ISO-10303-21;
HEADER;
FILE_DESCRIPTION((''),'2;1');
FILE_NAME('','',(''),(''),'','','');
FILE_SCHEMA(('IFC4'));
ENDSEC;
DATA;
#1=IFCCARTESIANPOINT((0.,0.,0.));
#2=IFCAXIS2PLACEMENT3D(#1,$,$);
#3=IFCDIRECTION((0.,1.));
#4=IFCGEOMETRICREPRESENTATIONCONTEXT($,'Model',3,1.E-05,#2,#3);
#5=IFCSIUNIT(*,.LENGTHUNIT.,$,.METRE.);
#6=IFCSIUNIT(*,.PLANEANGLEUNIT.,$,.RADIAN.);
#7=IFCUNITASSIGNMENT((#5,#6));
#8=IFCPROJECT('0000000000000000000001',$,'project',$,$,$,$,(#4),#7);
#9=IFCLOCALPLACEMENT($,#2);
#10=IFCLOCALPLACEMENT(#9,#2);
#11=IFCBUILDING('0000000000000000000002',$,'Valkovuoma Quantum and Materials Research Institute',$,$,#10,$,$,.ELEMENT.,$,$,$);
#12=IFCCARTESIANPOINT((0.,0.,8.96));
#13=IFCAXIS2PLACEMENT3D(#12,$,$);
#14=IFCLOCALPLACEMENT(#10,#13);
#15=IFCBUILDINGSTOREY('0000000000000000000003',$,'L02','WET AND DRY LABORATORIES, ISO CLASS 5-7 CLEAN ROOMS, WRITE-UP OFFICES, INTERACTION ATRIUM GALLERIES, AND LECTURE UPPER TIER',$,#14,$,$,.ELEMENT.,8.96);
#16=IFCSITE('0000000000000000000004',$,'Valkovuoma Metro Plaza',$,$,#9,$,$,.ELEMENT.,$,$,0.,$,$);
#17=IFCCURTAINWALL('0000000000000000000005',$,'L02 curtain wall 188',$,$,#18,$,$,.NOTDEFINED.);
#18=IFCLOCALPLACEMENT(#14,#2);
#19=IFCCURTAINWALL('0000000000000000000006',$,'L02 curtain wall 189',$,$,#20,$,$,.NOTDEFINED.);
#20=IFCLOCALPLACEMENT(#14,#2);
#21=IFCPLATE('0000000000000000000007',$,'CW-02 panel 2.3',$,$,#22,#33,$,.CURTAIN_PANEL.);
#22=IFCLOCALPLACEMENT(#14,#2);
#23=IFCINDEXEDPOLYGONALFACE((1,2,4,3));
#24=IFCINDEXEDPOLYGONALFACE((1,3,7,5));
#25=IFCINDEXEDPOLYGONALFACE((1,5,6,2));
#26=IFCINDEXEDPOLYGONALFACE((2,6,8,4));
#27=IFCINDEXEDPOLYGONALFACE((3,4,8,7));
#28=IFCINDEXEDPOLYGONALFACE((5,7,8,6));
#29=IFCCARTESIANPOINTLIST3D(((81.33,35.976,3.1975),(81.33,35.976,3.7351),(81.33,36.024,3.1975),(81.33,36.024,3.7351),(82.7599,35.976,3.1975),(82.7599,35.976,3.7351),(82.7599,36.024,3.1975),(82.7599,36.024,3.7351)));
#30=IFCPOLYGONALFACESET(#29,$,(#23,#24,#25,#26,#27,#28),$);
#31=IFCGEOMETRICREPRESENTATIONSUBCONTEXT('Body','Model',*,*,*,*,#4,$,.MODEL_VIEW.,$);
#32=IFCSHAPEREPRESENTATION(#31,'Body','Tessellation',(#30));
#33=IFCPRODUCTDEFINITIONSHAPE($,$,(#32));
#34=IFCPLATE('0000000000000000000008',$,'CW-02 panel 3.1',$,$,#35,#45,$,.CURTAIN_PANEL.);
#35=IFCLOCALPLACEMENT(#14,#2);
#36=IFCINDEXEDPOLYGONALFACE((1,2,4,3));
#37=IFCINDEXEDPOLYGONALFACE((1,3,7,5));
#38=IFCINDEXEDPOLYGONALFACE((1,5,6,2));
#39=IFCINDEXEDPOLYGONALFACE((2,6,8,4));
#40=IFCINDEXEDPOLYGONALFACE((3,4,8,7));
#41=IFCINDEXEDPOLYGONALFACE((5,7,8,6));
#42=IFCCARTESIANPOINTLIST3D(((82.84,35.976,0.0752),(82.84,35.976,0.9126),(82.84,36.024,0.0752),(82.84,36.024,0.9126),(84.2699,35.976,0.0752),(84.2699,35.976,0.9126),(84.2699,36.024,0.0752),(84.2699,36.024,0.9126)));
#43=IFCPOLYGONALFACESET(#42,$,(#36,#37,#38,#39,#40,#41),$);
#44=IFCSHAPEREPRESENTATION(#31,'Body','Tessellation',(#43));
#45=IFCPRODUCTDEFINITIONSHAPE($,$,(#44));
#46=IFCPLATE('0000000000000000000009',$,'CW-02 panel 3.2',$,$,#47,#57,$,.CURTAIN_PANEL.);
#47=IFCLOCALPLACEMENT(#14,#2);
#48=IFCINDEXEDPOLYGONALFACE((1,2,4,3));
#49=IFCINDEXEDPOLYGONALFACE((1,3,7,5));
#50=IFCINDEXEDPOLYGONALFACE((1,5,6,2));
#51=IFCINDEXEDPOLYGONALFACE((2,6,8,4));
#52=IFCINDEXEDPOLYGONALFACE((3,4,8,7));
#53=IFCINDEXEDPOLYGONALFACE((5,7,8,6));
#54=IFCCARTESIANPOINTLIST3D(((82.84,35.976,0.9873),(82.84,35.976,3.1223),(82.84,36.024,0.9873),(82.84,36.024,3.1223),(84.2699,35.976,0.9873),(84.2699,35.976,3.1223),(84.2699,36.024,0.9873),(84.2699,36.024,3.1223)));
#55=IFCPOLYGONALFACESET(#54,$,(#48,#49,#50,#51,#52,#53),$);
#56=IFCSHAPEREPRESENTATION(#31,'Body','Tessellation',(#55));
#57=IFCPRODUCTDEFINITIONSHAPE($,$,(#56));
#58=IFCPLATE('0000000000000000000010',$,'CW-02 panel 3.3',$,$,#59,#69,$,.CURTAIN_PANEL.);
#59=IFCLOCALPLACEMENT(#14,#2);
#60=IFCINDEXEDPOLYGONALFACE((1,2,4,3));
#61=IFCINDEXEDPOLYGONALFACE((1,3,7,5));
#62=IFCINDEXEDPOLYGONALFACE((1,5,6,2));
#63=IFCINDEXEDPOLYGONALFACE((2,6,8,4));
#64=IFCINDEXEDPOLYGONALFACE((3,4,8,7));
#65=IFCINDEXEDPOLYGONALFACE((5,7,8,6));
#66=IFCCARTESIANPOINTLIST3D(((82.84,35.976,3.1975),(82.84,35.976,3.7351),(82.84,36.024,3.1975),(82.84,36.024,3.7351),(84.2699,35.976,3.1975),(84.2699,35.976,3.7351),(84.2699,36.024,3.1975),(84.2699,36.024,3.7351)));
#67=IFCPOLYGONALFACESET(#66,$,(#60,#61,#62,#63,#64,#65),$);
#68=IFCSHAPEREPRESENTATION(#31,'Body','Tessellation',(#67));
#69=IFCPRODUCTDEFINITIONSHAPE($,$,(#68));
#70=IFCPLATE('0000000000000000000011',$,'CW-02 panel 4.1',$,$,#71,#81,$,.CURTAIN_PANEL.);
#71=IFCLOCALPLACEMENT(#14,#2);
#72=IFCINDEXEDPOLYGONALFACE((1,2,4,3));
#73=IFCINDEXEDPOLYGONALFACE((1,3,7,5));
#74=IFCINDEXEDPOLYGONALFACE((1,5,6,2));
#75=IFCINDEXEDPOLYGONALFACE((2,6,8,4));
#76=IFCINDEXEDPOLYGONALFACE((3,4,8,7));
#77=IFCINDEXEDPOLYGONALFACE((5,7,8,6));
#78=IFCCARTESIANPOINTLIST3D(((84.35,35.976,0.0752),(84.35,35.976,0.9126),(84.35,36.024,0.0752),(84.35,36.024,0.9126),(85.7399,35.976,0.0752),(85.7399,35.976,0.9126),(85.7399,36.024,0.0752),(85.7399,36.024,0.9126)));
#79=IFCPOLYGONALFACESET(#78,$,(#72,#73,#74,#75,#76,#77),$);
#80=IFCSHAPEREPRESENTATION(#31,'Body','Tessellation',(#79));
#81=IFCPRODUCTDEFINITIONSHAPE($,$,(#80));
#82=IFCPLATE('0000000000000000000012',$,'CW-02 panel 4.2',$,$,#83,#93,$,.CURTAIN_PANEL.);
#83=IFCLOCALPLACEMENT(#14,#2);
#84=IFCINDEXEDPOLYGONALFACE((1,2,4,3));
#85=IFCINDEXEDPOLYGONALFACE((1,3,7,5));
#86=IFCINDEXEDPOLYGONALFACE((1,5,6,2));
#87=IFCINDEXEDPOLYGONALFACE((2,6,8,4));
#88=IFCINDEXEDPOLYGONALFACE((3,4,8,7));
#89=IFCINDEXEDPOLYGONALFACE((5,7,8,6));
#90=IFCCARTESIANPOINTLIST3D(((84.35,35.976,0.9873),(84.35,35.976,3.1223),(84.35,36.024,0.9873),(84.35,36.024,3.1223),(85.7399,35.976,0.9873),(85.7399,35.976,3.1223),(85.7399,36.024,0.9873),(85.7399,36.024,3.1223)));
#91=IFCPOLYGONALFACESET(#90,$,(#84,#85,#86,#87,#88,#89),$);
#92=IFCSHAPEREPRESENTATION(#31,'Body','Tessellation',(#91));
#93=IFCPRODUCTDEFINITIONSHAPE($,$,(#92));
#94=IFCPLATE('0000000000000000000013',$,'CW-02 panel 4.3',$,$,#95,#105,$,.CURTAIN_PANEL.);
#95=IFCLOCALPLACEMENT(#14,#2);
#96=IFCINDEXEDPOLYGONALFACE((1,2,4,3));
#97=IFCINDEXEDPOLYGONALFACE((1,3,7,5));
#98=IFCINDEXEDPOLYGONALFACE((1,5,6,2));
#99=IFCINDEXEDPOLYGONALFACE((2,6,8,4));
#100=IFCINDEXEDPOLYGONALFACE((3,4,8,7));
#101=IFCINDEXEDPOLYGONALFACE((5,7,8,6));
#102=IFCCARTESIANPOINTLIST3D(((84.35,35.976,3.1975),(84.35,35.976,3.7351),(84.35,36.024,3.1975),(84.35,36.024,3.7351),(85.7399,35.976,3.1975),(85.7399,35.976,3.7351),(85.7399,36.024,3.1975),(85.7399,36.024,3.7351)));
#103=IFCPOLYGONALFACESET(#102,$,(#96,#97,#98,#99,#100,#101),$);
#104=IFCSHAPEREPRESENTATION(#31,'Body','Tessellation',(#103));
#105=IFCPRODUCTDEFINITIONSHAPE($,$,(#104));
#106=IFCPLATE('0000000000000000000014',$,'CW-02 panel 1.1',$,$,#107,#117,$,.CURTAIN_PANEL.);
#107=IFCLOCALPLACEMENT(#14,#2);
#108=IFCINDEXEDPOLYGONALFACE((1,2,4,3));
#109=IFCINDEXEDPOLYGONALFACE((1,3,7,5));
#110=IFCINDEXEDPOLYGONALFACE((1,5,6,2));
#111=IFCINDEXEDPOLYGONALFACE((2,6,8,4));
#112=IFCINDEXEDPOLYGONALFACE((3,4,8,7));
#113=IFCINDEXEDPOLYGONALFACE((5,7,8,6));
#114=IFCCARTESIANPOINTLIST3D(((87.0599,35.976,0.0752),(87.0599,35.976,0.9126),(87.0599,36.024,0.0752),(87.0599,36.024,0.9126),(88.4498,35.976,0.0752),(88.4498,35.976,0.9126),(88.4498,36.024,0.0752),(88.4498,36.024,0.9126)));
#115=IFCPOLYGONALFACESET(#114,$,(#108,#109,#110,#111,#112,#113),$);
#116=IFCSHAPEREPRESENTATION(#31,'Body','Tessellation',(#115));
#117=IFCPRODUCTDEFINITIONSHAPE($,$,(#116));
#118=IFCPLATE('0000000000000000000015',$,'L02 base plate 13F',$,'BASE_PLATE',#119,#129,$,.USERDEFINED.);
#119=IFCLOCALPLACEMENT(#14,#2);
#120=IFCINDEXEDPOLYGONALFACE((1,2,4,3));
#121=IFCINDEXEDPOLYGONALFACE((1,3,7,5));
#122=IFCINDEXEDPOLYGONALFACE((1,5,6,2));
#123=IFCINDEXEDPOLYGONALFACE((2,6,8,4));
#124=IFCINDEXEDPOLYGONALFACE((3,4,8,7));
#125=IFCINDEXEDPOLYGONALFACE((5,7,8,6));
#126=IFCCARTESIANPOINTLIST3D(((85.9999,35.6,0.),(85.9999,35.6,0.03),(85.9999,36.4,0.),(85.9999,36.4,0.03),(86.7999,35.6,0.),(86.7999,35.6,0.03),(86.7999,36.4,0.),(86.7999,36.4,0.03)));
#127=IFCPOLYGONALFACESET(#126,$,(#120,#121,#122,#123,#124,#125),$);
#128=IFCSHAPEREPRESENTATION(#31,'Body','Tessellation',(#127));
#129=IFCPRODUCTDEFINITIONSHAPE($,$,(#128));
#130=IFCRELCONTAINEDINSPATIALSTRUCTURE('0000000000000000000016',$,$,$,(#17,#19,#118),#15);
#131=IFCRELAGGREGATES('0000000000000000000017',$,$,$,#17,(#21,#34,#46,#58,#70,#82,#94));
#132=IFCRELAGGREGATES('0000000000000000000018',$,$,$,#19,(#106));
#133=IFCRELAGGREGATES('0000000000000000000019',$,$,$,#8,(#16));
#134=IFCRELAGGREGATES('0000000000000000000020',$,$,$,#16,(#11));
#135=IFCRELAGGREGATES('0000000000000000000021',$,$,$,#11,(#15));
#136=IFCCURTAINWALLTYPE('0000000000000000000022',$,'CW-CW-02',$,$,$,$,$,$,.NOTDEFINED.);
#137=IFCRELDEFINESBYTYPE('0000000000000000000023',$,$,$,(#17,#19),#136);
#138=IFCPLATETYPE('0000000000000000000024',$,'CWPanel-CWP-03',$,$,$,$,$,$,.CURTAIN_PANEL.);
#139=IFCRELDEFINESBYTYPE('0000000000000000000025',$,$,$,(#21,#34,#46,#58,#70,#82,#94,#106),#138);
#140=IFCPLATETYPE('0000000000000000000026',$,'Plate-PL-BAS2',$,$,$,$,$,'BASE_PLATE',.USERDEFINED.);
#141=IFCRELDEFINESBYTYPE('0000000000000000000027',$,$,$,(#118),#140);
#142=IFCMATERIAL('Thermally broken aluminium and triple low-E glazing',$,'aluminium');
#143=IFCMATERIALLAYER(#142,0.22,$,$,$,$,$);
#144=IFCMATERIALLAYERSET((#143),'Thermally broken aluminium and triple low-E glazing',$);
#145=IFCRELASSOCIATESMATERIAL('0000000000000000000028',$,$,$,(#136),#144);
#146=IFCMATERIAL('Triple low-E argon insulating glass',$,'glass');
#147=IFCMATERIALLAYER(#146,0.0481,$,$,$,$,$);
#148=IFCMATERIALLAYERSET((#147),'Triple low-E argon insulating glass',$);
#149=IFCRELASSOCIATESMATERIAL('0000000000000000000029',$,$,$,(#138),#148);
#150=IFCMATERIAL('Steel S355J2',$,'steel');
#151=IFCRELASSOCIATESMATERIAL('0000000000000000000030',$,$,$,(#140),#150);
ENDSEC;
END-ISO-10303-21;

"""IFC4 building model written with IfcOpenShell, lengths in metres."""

from ifc_helpers import new_model, si_unit, direction, frame, origin, origin_2d, place, context, subcontext, project, spatial, rectangle, extrude, material, layer, layer_set, type_object, element, aggregate, save


model = new_model("IFC4")

# Units and contexts
model_context = context("Model", 3, precision=1e-05, world=origin(), true_north=direction((0.0, 1.0)))
body_context = subcontext(model_context, "Body", "Model", "MODEL_VIEW")
ifc_project = project(units=[si_unit("LENGTHUNIT", "METRE"), si_unit("PLANEANGLEUNIT", "RADIAN")], contexts=[model_context])

# Site, building, storey
site_placement = place(None, origin())
site = spatial("IfcSite", under=ifc_project, at=site_placement, Name="Valkovuoma Metro Plaza", CompositionType="ELEMENT", RefElevation=0.0)
building_placement = place(site_placement, origin())
building = spatial("IfcBuilding", under=site, at=building_placement, Name="Valkovuoma Quantum and Materials Research Institute", CompositionType="ELEMENT")
storey_placement = place(building_placement, frame((0.0, 0.0, 8.96)))
storey = spatial("IfcBuildingStorey", under=building, at=storey_placement, Name="L02", Description="WET AND DRY LABORATORIES, ISO CLASS 5-7 CLEAN ROOMS, WRITE-UP OFFICES, INTERACTION ATRIUM GALLERIES, AND LECTURE UPPER TIER", CompositionType="ELEMENT", Elevation=8.96)

# Curtain wall
ifc_material_1 = material(Name="Thermally broken aluminium and triple low-E glazing", Category="aluminium")
ifc_layer_1 = layer(ifc_material_1, 0.22)
ifc_layer_set_1 = layer_set([ifc_layer_1], Name="Thermally broken aluminium and triple low-E glazing")
curtain_wall_type = type_object("IfcCurtainWallType", Name="CW-CW-02", PredefinedType="NOTDEFINED", material=ifc_layer_set_1)
curtain_wall_1_placement = place(storey_placement, origin())
curtain_wall_1 = element("IfcCurtainWall", 1, at=curtain_wall_1_placement, inside=storey, type_object=curtain_wall_type, Name="L02 curtain wall 188", PredefinedType="NOTDEFINED")

# Curtain wall
curtain_wall_2_placement = place(storey_placement, origin())
curtain_wall_2 = element("IfcCurtainWall", 2, at=curtain_wall_2_placement, inside=storey, type_object=curtain_wall_type, Name="L02 curtain wall 189", PredefinedType="NOTDEFINED")

# Plates
ifc_material_2 = material(Name="Triple low-E argon insulating glass", Category="glass")
ifc_layer_2 = layer(ifc_material_2, 0.0481)
ifc_layer_set_2 = layer_set([ifc_layer_2], Name="Triple low-E argon insulating glass")
plate_type_1 = type_object("IfcPlateType", Name="CWPanel-CWP-03", PredefinedType="CURTAIN_PANEL", material=ifc_layer_set_2)
plate_1_placement = place(storey_placement, frame((82.0449, 36.0, 3.1975), z_axis=(0.0, 0.0, 1.0), x_axis=(1.0, 0.0, 0.0)))
plate_1 = element("IfcPlate", 3, at=plate_1_placement, type_object=plate_type_1, Name="CW-02 panel 2.3", PredefinedType="CURTAIN_PANEL", context=body_context, shape_type="SweptSolid", body=[
    extrude(rectangle(XDim=1.4299, YDim=0.0481, at=origin_2d()), origin(), (0.0, 0.0, 1.0), 0.5376),
])
plate_2_placement = place(storey_placement, frame((83.5549, 36.0, 0.0752), z_axis=(0.0, 0.0, 1.0), x_axis=(1.0, 0.0, 0.0)))
plate_2 = element("IfcPlate", 4, at=plate_2_placement, type_object=plate_type_1, Name="CW-02 panel 3.1", PredefinedType="CURTAIN_PANEL", context=body_context, shape_type="SweptSolid", body=[
    extrude(rectangle(XDim=1.4299, YDim=0.0481, at=origin_2d()), origin(), (0.0, 0.0, 1.0), 0.8374),
])
plate_3_placement = place(storey_placement, frame((83.5549, 36.0, 0.9873), z_axis=(0.0, 0.0, 1.0), x_axis=(1.0, 0.0, 0.0)))
plate_3 = element("IfcPlate", 5, at=plate_3_placement, type_object=plate_type_1, Name="CW-02 panel 3.2", PredefinedType="CURTAIN_PANEL", context=body_context, shape_type="SweptSolid", body=[
    extrude(rectangle(XDim=1.4299, YDim=0.0481, at=origin_2d()), origin(), (0.0, 0.0, 1.0), 2.135),
])
plate_4_placement = place(storey_placement, frame((83.5549, 36.0, 3.1975), z_axis=(0.0, 0.0, 1.0), x_axis=(1.0, 0.0, 0.0)))
plate_4 = element("IfcPlate", 6, at=plate_4_placement, type_object=plate_type_1, Name="CW-02 panel 3.3", PredefinedType="CURTAIN_PANEL", context=body_context, shape_type="SweptSolid", body=[
    extrude(rectangle(XDim=1.4299, YDim=0.0481, at=origin_2d()), origin(), (0.0, 0.0, 1.0), 0.5376),
])
plate_5_placement = place(storey_placement, frame((85.0449, 36.0, 0.0752), z_axis=(0.0, 0.0, 1.0), x_axis=(1.0, 0.0, 0.0)))
plate_5 = element("IfcPlate", 7, at=plate_5_placement, type_object=plate_type_1, Name="CW-02 panel 4.1", PredefinedType="CURTAIN_PANEL", context=body_context, shape_type="SweptSolid", body=[
    extrude(rectangle(XDim=1.3899, YDim=0.0481, at=origin_2d()), origin(), (0.0, 0.0, 1.0), 0.8374),
])
plate_6_placement = place(storey_placement, frame((85.0449, 36.0, 0.9873), z_axis=(0.0, 0.0, 1.0), x_axis=(1.0, 0.0, 0.0)))
plate_6 = element("IfcPlate", 8, at=plate_6_placement, type_object=plate_type_1, Name="CW-02 panel 4.2", PredefinedType="CURTAIN_PANEL", context=body_context, shape_type="SweptSolid", body=[
    extrude(rectangle(XDim=1.3899, YDim=0.0481, at=origin_2d()), origin(), (0.0, 0.0, 1.0), 2.135),
])
plate_7_placement = place(storey_placement, frame((85.0449, 36.0, 3.1975), z_axis=(0.0, 0.0, 1.0), x_axis=(1.0, 0.0, 0.0)))
plate_7 = element("IfcPlate", 9, at=plate_7_placement, type_object=plate_type_1, Name="CW-02 panel 4.3", PredefinedType="CURTAIN_PANEL", context=body_context, shape_type="SweptSolid", body=[
    extrude(rectangle(XDim=1.3899, YDim=0.0481, at=origin_2d()), origin(), (0.0, 0.0, 1.0), 0.5376),
])
aggregate(curtain_wall_1, [plate_1, plate_2, plate_3, plate_4, plate_5, plate_6, plate_7])
plate_8_placement = place(storey_placement, frame((87.7549, 36.0, 0.0752), z_axis=(0.0, 0.0, 1.0), x_axis=(1.0, 0.0, 0.0)))
plate_8 = element("IfcPlate", 10, at=plate_8_placement, type_object=plate_type_1, Name="CW-02 panel 1.1", PredefinedType="CURTAIN_PANEL", context=body_context, shape_type="SweptSolid", body=[
    extrude(rectangle(XDim=1.3899, YDim=0.0481, at=origin_2d()), origin(), (0.0, 0.0, 1.0), 0.8374),
])
aggregate(curtain_wall_2, [plate_8])
ifc_material_3 = material(Name="Steel S355J2", Category="steel")
plate_type_2 = type_object("IfcPlateType", Name="Plate-PL-BAS2", ElementType="BASE_PLATE", PredefinedType="USERDEFINED", material=ifc_material_3)
plate_9_placement = place(storey_placement, frame((86.3999, 36.0, 0.0), z_axis=(0.0, 0.0, 1.0), x_axis=(1.0, 0.0, 0.0)))
element("IfcPlate", 11, at=plate_9_placement, inside=storey, type_object=plate_type_2, Name="L02 base plate 13F", ObjectType="BASE_PLATE", PredefinedType="USERDEFINED", context=body_context, shape_type="SweptSolid", body=[
    extrude(rectangle(XDim=0.8, YDim=0.8, at=origin_2d()), origin(), (0.0, 0.0, 1.0), 0.03),
])

save(model, "model.ifc")
